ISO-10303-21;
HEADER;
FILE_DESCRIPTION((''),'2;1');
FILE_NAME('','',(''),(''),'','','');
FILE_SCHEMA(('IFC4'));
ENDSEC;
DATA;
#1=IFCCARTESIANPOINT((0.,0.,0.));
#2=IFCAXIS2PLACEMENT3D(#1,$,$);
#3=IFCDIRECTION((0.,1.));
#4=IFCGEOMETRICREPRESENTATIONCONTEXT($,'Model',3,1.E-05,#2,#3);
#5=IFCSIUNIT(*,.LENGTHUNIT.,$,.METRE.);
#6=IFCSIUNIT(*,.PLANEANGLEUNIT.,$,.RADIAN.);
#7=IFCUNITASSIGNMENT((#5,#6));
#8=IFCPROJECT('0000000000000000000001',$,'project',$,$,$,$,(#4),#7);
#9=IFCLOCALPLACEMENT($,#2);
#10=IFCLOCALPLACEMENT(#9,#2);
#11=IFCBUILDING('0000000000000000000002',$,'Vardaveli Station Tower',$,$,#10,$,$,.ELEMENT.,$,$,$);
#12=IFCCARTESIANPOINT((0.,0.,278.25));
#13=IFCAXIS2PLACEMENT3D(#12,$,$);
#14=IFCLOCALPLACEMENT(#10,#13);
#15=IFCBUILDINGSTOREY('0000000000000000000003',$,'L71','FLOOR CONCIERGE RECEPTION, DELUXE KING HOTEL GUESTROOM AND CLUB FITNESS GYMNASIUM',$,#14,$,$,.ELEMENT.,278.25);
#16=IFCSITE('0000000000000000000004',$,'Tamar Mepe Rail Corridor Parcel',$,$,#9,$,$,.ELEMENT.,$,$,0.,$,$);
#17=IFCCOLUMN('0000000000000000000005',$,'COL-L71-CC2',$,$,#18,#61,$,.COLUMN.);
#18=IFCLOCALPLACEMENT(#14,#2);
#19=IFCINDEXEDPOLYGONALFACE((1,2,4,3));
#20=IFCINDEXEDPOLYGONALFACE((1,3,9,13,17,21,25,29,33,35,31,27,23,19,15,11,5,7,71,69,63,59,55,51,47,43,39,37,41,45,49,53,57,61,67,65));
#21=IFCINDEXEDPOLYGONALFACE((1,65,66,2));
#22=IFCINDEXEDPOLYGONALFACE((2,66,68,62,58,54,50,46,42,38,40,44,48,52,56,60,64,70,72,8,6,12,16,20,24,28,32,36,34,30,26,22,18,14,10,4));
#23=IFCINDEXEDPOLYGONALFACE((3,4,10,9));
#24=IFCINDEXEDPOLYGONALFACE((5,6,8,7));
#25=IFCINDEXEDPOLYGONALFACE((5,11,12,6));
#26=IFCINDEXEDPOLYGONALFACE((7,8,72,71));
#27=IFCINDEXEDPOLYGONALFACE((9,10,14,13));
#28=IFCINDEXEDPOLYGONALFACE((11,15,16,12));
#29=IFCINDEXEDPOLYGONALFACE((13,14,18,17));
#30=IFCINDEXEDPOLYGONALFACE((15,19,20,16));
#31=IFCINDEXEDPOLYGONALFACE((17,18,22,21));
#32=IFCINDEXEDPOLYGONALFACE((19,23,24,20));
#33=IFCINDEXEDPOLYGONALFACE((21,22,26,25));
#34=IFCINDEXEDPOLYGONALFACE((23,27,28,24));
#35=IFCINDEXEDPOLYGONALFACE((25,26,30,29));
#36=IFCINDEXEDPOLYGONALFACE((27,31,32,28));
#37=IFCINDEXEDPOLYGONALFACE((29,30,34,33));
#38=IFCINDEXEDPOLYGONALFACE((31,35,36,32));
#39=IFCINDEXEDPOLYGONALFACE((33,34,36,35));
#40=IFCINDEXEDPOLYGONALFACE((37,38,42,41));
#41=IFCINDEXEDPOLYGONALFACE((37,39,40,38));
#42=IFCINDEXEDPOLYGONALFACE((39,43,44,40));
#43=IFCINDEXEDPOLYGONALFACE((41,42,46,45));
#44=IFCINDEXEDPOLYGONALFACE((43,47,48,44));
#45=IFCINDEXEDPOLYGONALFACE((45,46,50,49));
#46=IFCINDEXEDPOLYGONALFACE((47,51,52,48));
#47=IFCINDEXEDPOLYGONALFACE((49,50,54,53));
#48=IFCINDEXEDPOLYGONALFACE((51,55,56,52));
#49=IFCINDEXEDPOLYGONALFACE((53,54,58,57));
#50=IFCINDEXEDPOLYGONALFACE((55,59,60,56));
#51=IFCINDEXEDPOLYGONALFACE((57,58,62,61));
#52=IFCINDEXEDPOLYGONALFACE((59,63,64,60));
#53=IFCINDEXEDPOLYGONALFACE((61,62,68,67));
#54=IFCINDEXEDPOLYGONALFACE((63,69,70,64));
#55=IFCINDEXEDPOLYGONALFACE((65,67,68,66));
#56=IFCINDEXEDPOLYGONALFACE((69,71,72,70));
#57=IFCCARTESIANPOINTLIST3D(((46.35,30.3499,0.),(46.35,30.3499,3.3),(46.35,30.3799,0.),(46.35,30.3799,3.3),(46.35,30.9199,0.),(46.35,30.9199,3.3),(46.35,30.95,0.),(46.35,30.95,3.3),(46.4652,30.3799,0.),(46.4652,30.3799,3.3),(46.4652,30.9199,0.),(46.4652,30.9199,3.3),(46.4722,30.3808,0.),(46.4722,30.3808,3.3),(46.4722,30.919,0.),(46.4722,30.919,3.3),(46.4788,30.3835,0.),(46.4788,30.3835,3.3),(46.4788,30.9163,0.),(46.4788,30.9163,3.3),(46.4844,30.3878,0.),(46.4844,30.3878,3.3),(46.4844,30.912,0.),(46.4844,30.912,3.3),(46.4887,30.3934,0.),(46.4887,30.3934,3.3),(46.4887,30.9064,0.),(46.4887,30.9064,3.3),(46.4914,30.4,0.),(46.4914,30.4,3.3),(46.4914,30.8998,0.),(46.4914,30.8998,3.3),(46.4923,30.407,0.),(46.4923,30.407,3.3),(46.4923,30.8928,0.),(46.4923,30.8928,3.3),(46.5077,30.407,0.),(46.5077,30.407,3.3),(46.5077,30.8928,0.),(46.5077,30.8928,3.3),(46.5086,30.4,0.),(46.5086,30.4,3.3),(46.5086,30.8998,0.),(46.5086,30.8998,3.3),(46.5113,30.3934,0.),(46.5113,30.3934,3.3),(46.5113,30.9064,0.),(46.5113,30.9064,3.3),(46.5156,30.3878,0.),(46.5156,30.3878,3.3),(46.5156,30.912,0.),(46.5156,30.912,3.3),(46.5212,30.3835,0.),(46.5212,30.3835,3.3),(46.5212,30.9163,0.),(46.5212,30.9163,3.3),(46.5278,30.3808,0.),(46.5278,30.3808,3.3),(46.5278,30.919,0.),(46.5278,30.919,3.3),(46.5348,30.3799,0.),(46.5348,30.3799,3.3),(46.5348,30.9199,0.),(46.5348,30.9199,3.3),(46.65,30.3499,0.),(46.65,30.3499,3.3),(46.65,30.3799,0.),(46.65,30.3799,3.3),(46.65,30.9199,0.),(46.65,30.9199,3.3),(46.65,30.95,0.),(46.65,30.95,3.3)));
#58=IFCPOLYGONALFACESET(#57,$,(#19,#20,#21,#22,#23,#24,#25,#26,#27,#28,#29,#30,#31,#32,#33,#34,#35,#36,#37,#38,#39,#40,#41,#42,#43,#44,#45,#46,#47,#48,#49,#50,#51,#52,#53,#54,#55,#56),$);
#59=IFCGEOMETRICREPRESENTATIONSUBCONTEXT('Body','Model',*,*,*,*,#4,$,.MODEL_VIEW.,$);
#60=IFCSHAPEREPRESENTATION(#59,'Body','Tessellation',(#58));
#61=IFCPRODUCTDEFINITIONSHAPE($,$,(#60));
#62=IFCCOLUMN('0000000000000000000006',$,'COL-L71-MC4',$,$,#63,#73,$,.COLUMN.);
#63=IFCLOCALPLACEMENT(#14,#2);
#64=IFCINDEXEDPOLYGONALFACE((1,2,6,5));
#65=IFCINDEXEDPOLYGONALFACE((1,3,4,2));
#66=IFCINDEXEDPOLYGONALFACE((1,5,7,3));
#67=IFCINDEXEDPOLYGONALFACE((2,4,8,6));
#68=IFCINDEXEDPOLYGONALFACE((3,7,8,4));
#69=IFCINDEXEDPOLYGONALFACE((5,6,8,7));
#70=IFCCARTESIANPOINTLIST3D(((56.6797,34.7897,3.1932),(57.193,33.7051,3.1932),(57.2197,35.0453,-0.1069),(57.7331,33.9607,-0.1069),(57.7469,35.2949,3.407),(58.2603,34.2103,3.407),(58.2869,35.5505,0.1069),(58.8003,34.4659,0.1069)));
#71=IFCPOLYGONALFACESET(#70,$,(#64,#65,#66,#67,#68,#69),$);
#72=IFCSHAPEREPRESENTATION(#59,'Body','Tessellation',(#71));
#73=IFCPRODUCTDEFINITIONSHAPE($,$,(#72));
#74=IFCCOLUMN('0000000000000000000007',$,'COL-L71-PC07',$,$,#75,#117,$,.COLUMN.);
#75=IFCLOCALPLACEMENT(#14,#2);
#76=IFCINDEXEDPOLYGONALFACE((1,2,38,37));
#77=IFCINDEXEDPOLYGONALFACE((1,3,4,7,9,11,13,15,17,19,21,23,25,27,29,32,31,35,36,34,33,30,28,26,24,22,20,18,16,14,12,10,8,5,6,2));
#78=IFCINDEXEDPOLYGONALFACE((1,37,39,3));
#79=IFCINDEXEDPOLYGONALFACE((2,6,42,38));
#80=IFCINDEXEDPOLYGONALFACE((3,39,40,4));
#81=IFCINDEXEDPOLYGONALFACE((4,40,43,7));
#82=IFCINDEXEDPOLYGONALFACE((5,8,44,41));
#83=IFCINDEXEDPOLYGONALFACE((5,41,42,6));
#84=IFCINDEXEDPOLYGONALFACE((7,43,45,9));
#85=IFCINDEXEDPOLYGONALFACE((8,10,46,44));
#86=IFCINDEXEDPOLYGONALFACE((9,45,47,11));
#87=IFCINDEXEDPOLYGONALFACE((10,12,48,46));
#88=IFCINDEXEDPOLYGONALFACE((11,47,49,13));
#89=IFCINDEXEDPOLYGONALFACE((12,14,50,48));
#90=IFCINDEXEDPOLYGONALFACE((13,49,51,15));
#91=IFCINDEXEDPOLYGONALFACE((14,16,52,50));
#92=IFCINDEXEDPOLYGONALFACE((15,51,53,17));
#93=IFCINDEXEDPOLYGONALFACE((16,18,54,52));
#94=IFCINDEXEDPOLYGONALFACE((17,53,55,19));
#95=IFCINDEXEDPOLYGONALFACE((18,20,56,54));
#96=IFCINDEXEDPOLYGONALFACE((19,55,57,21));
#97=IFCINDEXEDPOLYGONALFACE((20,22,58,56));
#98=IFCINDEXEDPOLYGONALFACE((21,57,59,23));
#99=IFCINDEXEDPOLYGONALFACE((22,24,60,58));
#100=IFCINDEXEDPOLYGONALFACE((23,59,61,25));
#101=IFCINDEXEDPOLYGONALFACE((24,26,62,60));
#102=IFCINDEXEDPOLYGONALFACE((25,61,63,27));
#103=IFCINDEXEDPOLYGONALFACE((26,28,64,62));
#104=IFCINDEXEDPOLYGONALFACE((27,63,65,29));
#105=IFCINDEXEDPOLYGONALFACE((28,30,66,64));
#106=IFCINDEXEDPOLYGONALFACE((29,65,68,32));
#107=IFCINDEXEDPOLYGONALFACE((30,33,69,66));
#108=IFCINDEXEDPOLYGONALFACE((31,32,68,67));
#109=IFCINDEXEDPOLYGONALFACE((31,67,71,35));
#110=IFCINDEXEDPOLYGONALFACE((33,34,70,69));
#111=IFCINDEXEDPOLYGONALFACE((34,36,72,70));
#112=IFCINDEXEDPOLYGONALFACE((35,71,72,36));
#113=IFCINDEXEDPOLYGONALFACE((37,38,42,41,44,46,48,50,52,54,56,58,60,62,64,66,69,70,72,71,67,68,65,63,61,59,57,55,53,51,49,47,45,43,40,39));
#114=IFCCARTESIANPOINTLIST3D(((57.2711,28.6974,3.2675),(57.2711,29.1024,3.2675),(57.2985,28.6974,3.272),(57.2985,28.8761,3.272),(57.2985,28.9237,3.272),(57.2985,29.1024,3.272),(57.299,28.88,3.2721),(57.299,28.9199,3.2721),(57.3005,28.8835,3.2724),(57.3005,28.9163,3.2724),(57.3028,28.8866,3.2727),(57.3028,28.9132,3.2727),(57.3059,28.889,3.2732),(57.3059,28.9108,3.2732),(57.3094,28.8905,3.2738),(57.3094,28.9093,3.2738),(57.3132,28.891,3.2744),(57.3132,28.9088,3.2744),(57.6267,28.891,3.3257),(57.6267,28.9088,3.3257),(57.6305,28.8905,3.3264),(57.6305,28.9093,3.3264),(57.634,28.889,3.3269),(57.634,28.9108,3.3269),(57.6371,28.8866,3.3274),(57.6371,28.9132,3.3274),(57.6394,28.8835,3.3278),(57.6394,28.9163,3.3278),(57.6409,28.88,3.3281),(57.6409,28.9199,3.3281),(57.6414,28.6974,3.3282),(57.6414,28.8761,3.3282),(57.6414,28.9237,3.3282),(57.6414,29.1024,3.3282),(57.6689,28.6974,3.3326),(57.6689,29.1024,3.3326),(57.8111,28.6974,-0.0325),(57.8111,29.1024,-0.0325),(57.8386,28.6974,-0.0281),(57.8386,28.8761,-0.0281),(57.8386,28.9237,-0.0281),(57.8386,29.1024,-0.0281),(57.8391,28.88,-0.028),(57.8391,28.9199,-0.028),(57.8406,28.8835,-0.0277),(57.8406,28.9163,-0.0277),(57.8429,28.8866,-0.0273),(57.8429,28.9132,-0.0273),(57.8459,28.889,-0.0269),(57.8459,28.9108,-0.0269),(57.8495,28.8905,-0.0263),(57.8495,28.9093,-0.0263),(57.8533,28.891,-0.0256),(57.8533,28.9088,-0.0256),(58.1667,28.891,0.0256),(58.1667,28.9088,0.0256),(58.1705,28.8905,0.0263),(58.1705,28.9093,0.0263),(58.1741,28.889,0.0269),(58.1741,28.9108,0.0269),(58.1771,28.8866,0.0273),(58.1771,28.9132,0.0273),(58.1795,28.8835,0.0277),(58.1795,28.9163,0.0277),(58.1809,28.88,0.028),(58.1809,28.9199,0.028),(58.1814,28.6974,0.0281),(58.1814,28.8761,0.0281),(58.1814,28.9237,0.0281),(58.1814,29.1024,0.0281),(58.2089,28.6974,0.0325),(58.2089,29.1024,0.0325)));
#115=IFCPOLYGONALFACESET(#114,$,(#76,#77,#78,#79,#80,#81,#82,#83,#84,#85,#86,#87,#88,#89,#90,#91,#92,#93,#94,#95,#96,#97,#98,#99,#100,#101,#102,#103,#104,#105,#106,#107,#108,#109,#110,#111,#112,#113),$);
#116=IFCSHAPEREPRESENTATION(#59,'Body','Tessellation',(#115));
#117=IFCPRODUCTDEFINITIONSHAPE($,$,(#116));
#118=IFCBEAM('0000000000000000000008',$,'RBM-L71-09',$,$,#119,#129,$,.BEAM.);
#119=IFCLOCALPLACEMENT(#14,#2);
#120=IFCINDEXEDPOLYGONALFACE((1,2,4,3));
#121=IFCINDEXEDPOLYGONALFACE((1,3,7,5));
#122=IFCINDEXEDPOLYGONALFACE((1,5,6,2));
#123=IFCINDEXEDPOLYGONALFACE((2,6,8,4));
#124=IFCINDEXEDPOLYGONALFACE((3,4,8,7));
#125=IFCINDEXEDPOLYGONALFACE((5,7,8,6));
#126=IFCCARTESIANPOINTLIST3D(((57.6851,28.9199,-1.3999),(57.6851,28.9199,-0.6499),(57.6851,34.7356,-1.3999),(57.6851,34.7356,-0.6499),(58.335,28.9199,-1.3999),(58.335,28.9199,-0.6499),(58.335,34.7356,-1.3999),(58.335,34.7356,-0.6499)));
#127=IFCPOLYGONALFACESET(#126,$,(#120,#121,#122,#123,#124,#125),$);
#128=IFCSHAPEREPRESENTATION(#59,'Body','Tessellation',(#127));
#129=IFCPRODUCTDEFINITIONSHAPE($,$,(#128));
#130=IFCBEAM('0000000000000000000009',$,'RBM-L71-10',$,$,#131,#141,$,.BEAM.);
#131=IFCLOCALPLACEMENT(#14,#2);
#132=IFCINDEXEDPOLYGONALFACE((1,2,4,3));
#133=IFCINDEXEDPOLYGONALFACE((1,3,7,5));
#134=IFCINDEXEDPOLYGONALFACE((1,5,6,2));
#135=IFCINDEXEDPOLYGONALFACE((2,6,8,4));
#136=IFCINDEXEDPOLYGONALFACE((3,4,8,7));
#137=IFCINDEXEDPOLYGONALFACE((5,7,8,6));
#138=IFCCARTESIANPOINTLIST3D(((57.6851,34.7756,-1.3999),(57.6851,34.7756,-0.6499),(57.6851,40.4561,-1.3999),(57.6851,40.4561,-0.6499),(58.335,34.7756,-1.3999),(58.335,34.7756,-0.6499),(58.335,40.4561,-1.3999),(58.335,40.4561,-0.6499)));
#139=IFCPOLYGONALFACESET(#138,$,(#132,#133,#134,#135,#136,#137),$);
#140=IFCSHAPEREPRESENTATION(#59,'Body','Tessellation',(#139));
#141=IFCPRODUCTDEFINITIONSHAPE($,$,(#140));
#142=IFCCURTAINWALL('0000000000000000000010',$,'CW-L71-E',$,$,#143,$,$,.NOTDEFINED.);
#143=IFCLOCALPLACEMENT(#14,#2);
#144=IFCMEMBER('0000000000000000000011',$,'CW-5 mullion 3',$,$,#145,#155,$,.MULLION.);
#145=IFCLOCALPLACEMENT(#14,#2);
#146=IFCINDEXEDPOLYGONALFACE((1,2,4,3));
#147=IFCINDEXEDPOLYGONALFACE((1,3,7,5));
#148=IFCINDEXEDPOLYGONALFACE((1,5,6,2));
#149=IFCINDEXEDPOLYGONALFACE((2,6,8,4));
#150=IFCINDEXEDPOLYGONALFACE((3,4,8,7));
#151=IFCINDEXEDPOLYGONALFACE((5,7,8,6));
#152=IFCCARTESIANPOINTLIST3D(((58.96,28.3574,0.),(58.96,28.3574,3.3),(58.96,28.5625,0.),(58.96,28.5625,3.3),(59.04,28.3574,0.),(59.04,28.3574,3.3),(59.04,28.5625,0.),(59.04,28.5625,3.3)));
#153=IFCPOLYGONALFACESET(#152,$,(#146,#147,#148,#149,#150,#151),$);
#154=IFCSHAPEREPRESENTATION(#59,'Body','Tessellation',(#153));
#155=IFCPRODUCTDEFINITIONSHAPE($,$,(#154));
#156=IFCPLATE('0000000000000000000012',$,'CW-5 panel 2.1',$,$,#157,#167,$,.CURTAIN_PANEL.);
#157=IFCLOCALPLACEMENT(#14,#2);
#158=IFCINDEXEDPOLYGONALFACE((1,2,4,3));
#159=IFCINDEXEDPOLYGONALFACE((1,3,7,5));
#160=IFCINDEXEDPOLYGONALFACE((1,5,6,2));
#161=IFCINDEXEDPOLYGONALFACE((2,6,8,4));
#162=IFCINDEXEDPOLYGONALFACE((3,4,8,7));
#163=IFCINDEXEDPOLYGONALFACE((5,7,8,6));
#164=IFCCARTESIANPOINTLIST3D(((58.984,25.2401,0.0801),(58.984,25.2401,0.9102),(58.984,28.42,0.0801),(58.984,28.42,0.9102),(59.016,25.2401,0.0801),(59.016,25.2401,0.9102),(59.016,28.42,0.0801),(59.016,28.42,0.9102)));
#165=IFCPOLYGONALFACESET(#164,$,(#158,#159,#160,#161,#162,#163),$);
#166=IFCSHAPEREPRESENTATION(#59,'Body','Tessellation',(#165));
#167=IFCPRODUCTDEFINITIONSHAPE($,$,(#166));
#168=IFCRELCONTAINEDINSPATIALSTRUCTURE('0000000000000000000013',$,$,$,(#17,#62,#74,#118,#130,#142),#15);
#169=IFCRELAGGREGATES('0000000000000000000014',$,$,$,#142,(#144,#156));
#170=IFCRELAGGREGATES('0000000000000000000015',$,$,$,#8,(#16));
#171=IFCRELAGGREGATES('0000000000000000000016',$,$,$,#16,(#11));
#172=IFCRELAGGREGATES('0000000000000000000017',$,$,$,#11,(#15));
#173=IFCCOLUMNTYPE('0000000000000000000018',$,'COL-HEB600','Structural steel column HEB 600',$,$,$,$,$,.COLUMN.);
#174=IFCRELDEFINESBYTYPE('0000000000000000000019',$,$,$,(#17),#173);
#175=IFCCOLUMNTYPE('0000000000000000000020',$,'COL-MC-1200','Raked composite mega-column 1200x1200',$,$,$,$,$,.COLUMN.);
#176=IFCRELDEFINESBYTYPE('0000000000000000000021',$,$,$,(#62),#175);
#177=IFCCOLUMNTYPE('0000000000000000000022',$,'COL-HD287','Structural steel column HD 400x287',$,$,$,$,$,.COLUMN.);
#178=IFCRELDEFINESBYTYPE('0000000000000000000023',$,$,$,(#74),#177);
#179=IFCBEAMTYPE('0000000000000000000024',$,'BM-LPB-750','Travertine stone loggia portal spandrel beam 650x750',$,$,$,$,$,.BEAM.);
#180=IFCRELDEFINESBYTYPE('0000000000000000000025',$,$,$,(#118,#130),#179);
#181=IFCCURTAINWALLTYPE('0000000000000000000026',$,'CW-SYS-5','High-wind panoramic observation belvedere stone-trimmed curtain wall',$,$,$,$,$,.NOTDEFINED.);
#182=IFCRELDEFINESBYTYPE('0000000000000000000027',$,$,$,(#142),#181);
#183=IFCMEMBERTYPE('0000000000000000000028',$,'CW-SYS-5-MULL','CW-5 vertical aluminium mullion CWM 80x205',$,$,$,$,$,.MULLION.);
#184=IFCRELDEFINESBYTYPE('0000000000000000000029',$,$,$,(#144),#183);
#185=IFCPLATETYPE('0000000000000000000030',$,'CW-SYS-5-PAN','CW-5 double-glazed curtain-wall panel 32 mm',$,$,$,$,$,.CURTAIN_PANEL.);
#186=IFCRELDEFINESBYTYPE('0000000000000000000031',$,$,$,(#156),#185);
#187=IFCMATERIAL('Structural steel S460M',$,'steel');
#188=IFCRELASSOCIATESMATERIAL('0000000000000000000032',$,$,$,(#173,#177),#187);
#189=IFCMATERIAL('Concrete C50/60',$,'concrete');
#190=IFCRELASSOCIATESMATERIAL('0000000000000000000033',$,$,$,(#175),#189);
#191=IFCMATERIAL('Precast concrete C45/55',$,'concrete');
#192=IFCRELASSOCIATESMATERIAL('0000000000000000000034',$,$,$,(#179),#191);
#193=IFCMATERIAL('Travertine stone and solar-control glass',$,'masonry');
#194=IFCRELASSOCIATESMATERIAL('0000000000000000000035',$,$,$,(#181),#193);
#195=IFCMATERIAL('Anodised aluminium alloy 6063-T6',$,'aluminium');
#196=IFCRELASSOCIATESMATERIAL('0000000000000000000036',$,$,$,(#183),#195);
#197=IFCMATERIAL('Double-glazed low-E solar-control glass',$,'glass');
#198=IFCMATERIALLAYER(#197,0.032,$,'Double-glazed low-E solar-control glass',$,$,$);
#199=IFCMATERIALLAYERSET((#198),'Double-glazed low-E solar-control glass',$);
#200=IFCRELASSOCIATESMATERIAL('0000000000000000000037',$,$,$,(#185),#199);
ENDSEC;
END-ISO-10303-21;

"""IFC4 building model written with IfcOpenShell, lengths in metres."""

from ifc_helpers import new_model, si_unit, direction, frame, origin, origin_2d, place, context, subcontext, project, spatial, rectangle, i_section, extrude, source, transform, mapped, material, layer, layer_set, material_profile, profile_set, type_object, element, aggregate, save


model = new_model("IFC4")

# Units and contexts
model_context = context("Model", 3, precision=1e-05, world=origin(), true_north=direction((0.0, 1.0)))
body_context = subcontext(model_context, "Body", "Model", "MODEL_VIEW")
ifc_project = project(units=[si_unit("LENGTHUNIT", "METRE"), si_unit("PLANEANGLEUNIT", "RADIAN")], contexts=[model_context])

# Site, building, storey
site_placement = place(None, origin())
site = spatial("IfcSite", under=ifc_project, at=site_placement, Name="Tamar Mepe Rail Corridor Parcel", CompositionType="ELEMENT", RefElevation=0.0)
building_placement = place(site_placement, origin())
building = spatial("IfcBuilding", under=site, at=building_placement, Name="Vardaveli Station Tower", CompositionType="ELEMENT")
storey_placement = place(building_placement, frame((0.0, 0.0, 278.25)))
storey = spatial("IfcBuildingStorey", under=building, at=storey_placement, Name="L71", Description="FLOOR CONCIERGE RECEPTION, DELUXE KING HOTEL GUESTROOM AND CLUB FITNESS GYMNASIUM", CompositionType="ELEMENT", Elevation=278.25)

# Columns
ifc_material_1 = material(Name="Structural steel S460M", Category="steel")
ifc_material_profile_1 = material_profile(ifc_material_1, i_section(OverallWidth=0.3, OverallDepth=0.6001, WebThickness=0.0154, FlangeThickness=0.03, FilletRadius=0.0271, at=origin_2d()), Name="HEB 600")
ifc_profile_set_1 = profile_set([ifc_material_profile_1], Name="Structural steel S460M")
column_type_1 = type_object("IfcColumnType", Name="COL-HEB600", Description="Structural steel column HEB 600", PredefinedType="COLUMN", material=ifc_profile_set_1)
shared_shape_1 = source(origin(), body_context, "Body", "SweptSolid", [
    extrude(i_section(OverallWidth=0.3, OverallDepth=0.6001, WebThickness=0.0154, FlangeThickness=0.03, FilletRadius=0.0271, at=origin_2d()), origin(), (0.0, 0.0, 1.0), 3.3),
])
column_1_placement = place(storey_placement, frame((46.5, 30.6499, 0.0), z_axis=(0.0, 0.0, 1.0), x_axis=(1.0, 0.0, 0.0)))
element("IfcColumn", 1, at=column_1_placement, inside=storey, type_object=column_type_1, Name="COL-L71-CC2", PredefinedType="COLUMN", context=body_context, shape_type="MappedRepresentation", body=[
    mapped(shared_shape_1, transform((0.0, 0.0, 0.0), scale=1.0)),
])
ifc_material_2 = material(Name="Concrete C50/60", Category="concrete")
ifc_material_profile_2 = material_profile(ifc_material_2, rectangle(XDim=1.2, YDim=1.2, at=origin_2d()), Name="MC 1200x1200")
ifc_profile_set_2 = profile_set([ifc_material_profile_2], Name="Concrete C50/60")
column_type_2 = type_object("IfcColumnType", Name="COL-MC-1200", Description="Raked composite mega-column 1200x1200", PredefinedType="COLUMN", material=ifc_profile_set_2)
shared_shape_2 = source(origin(), body_context, "Body", "SweptSolid", [
    extrude(rectangle(XDim=1.2, YDim=1.2, at=origin_2d()), origin(), (0.0, 0.0, 1.0), 3.3538),
])
column_2_placement = place(storey_placement, frame((58.01, 34.7556, 0.0), z_axis=(-0.161028, -0.076219, 0.984002), x_axis=(0.427823, -0.903863, 0.0)))
element("IfcColumn", 2, at=column_2_placement, inside=storey, type_object=column_type_2, Name="COL-L71-MC4", PredefinedType="COLUMN", context=body_context, shape_type="MappedRepresentation", body=[
    mapped(shared_shape_2, transform((0.0, 0.0, 0.0), scale=1.0)),
])
ifc_material_profile_3 = material_profile(ifc_material_1, i_section(OverallWidth=0.405, OverallDepth=0.4031, WebThickness=0.0178, FlangeThickness=0.0278, FilletRadius=0.0149, at=origin_2d()), Name="HD 400x287")
ifc_profile_set_3 = profile_set([ifc_material_profile_3], Name="Structural steel S460M")
column_type_3 = type_object("IfcColumnType", Name="COL-HD287", Description="Structural steel column HD 400x287", PredefinedType="COLUMN", material=ifc_profile_set_3)
shared_shape_3 = source(origin(), body_context, "Body", "SweptSolid", [
    extrude(i_section(OverallWidth=0.405, OverallDepth=0.4031, WebThickness=0.0178, FlangeThickness=0.0278, FilletRadius=0.0149, at=origin_2d()), origin(), (0.0, 0.0, 1.0), 3.344),
])
column_3_placement = place(storey_placement, frame((58.01, 28.8999, 0.0), z_axis=(-0.161498, 0.0, 0.986873), x_axis=(0.0, -1.0, 0.0)))
element("IfcColumn", 3, at=column_3_placement, inside=storey, type_object=column_type_3, Name="COL-L71-PC07", PredefinedType="COLUMN", context=body_context, shape_type="MappedRepresentation", body=[
    mapped(shared_shape_3, transform((0.0, 0.0, 0.0), scale=1.0)),
])

# Beams
ifc_material_3 = material(Name="Precast concrete C45/55", Category="concrete")
ifc_material_profile_4 = material_profile(ifc_material_3, rectangle(XDim=0.6499, YDim=0.75, at=origin_2d()), Name="LPB 650x750")
ifc_profile_set_4 = profile_set([ifc_material_profile_4], Name="Precast concrete C45/55")
beam_type = type_object("IfcBeamType", Name="BM-LPB-750", Description="Travertine stone loggia portal spandrel beam 650x750", PredefinedType="BEAM", material=ifc_profile_set_4)
shared_shape_4 = source(origin(), body_context, "Body", "SweptSolid", [
    extrude(rectangle(XDim=0.6499, YDim=0.75, at=origin_2d()), origin(), (0.0, 0.0, 1.0), 5.8157),
])
beam_1_placement = place(storey_placement, frame((58.01, 28.9199, -1.0249), z_axis=(0.0, 1.0, 0.0), x_axis=(-1.0, 0.0, 0.0)))
element("IfcBeam", 4, at=beam_1_placement, inside=storey, type_object=beam_type, Name="RBM-L71-09", PredefinedType="BEAM", context=body_context, shape_type="MappedRepresentation", body=[
    mapped(shared_shape_4, transform((0.0, 0.0, 0.0), scale=1.0)),
])
shared_shape_5 = source(origin(), body_context, "Body", "SweptSolid", [
    extrude(rectangle(XDim=0.6499, YDim=0.75, at=origin_2d()), origin(), (0.0, 0.0, 1.0), 5.6804),
])
beam_2_placement = place(storey_placement, frame((58.01, 34.7756, -1.0249), z_axis=(0.0, 1.0, 0.0), x_axis=(-1.0, 0.0, 0.0)))
element("IfcBeam", 5, at=beam_2_placement, inside=storey, type_object=beam_type, Name="RBM-L71-10", PredefinedType="BEAM", context=body_context, shape_type="MappedRepresentation", body=[
    mapped(shared_shape_5, transform((0.0, 0.0, 0.0), scale=1.0)),
])

# Curtain wall, member, plate
ifc_material_4 = material(Name="Travertine stone and solar-control glass", Category="masonry")
curtain_wall_type = type_object("IfcCurtainWallType", Name="CW-SYS-5", Description="High-wind panoramic observation belvedere stone-trimmed curtain wall", PredefinedType="NOTDEFINED", material=ifc_material_4)
curtain_wall_placement = place(storey_placement, origin())
curtain_wall = element("IfcCurtainWall", 6, at=curtain_wall_placement, inside=storey, type_object=curtain_wall_type, Name="CW-L71-E", PredefinedType="NOTDEFINED")
ifc_material_5 = material(Name="Anodised aluminium alloy 6063-T6", Category="aluminium")
ifc_material_profile_5 = material_profile(ifc_material_5, rectangle(XDim=0.0801, YDim=0.2051, at=origin_2d()), Name="CWM 80x205")
ifc_profile_set_5 = profile_set([ifc_material_profile_5], Name="Anodised aluminium alloy 6063-T6")
member_type = type_object("IfcMemberType", Name="CW-SYS-5-MULL", Description="CW-5 vertical aluminium mullion CWM 80x205", PredefinedType="MULLION", material=ifc_profile_set_5)
shared_shape_6 = source(origin(), body_context, "Body", "SweptSolid", [
    extrude(rectangle(XDim=0.0801, YDim=0.2051, at=origin_2d()), origin(), (0.0, 0.0, 1.0), 3.3),
])
member_placement = place(storey_placement, frame((59.0, 28.46, 0.0), z_axis=(0.0, 0.0, 1.0), x_axis=(-1.0, 0.0, 0.0)))
member = element("IfcMember", 7, at=member_placement, type_object=member_type, Name="CW-5 mullion 3", PredefinedType="MULLION", context=body_context, shape_type="MappedRepresentation", body=[
    mapped(shared_shape_6, transform((0.0, 0.0, 0.0), scale=1.0)),
])
ifc_material_6 = material(Name="Double-glazed low-E solar-control glass", Category="glass")
ifc_layer_1 = layer(ifc_material_6, 0.032, Name="Double-glazed low-E solar-control glass")
ifc_layer_set_1 = layer_set([ifc_layer_1], Name="Double-glazed low-E solar-control glass")
plate_type = type_object("IfcPlateType", Name="CW-SYS-5-PAN", Description="CW-5 double-glazed curtain-wall panel 32 mm", PredefinedType="CURTAIN_PANEL", material=ifc_layer_set_1)
shared_shape_7 = source(origin(), body_context, "Body", "SweptSolid", [
    extrude(rectangle(XDim=3.1799, YDim=0.032, at=origin_2d()), origin(), (0.0, 0.0, 1.0), 0.8301),
])
plate_1_placement = place(storey_placement, frame((59.0, 26.8301, 0.0801), z_axis=(0.0, 0.0, 1.0), x_axis=(0.0, 1.0, 0.0)))
plate_1 = element("IfcPlate", 8, at=plate_1_placement, type_object=plate_type, Name="CW-5 panel 2.1", PredefinedType="CURTAIN_PANEL", context=body_context, shape_type="MappedRepresentation", body=[
    mapped(shared_shape_7, transform((0.0, 0.0, 0.0), scale=1.0)),
])
aggregate(curtain_wall, [member, plate_1])

save(model, "model.ifc")
